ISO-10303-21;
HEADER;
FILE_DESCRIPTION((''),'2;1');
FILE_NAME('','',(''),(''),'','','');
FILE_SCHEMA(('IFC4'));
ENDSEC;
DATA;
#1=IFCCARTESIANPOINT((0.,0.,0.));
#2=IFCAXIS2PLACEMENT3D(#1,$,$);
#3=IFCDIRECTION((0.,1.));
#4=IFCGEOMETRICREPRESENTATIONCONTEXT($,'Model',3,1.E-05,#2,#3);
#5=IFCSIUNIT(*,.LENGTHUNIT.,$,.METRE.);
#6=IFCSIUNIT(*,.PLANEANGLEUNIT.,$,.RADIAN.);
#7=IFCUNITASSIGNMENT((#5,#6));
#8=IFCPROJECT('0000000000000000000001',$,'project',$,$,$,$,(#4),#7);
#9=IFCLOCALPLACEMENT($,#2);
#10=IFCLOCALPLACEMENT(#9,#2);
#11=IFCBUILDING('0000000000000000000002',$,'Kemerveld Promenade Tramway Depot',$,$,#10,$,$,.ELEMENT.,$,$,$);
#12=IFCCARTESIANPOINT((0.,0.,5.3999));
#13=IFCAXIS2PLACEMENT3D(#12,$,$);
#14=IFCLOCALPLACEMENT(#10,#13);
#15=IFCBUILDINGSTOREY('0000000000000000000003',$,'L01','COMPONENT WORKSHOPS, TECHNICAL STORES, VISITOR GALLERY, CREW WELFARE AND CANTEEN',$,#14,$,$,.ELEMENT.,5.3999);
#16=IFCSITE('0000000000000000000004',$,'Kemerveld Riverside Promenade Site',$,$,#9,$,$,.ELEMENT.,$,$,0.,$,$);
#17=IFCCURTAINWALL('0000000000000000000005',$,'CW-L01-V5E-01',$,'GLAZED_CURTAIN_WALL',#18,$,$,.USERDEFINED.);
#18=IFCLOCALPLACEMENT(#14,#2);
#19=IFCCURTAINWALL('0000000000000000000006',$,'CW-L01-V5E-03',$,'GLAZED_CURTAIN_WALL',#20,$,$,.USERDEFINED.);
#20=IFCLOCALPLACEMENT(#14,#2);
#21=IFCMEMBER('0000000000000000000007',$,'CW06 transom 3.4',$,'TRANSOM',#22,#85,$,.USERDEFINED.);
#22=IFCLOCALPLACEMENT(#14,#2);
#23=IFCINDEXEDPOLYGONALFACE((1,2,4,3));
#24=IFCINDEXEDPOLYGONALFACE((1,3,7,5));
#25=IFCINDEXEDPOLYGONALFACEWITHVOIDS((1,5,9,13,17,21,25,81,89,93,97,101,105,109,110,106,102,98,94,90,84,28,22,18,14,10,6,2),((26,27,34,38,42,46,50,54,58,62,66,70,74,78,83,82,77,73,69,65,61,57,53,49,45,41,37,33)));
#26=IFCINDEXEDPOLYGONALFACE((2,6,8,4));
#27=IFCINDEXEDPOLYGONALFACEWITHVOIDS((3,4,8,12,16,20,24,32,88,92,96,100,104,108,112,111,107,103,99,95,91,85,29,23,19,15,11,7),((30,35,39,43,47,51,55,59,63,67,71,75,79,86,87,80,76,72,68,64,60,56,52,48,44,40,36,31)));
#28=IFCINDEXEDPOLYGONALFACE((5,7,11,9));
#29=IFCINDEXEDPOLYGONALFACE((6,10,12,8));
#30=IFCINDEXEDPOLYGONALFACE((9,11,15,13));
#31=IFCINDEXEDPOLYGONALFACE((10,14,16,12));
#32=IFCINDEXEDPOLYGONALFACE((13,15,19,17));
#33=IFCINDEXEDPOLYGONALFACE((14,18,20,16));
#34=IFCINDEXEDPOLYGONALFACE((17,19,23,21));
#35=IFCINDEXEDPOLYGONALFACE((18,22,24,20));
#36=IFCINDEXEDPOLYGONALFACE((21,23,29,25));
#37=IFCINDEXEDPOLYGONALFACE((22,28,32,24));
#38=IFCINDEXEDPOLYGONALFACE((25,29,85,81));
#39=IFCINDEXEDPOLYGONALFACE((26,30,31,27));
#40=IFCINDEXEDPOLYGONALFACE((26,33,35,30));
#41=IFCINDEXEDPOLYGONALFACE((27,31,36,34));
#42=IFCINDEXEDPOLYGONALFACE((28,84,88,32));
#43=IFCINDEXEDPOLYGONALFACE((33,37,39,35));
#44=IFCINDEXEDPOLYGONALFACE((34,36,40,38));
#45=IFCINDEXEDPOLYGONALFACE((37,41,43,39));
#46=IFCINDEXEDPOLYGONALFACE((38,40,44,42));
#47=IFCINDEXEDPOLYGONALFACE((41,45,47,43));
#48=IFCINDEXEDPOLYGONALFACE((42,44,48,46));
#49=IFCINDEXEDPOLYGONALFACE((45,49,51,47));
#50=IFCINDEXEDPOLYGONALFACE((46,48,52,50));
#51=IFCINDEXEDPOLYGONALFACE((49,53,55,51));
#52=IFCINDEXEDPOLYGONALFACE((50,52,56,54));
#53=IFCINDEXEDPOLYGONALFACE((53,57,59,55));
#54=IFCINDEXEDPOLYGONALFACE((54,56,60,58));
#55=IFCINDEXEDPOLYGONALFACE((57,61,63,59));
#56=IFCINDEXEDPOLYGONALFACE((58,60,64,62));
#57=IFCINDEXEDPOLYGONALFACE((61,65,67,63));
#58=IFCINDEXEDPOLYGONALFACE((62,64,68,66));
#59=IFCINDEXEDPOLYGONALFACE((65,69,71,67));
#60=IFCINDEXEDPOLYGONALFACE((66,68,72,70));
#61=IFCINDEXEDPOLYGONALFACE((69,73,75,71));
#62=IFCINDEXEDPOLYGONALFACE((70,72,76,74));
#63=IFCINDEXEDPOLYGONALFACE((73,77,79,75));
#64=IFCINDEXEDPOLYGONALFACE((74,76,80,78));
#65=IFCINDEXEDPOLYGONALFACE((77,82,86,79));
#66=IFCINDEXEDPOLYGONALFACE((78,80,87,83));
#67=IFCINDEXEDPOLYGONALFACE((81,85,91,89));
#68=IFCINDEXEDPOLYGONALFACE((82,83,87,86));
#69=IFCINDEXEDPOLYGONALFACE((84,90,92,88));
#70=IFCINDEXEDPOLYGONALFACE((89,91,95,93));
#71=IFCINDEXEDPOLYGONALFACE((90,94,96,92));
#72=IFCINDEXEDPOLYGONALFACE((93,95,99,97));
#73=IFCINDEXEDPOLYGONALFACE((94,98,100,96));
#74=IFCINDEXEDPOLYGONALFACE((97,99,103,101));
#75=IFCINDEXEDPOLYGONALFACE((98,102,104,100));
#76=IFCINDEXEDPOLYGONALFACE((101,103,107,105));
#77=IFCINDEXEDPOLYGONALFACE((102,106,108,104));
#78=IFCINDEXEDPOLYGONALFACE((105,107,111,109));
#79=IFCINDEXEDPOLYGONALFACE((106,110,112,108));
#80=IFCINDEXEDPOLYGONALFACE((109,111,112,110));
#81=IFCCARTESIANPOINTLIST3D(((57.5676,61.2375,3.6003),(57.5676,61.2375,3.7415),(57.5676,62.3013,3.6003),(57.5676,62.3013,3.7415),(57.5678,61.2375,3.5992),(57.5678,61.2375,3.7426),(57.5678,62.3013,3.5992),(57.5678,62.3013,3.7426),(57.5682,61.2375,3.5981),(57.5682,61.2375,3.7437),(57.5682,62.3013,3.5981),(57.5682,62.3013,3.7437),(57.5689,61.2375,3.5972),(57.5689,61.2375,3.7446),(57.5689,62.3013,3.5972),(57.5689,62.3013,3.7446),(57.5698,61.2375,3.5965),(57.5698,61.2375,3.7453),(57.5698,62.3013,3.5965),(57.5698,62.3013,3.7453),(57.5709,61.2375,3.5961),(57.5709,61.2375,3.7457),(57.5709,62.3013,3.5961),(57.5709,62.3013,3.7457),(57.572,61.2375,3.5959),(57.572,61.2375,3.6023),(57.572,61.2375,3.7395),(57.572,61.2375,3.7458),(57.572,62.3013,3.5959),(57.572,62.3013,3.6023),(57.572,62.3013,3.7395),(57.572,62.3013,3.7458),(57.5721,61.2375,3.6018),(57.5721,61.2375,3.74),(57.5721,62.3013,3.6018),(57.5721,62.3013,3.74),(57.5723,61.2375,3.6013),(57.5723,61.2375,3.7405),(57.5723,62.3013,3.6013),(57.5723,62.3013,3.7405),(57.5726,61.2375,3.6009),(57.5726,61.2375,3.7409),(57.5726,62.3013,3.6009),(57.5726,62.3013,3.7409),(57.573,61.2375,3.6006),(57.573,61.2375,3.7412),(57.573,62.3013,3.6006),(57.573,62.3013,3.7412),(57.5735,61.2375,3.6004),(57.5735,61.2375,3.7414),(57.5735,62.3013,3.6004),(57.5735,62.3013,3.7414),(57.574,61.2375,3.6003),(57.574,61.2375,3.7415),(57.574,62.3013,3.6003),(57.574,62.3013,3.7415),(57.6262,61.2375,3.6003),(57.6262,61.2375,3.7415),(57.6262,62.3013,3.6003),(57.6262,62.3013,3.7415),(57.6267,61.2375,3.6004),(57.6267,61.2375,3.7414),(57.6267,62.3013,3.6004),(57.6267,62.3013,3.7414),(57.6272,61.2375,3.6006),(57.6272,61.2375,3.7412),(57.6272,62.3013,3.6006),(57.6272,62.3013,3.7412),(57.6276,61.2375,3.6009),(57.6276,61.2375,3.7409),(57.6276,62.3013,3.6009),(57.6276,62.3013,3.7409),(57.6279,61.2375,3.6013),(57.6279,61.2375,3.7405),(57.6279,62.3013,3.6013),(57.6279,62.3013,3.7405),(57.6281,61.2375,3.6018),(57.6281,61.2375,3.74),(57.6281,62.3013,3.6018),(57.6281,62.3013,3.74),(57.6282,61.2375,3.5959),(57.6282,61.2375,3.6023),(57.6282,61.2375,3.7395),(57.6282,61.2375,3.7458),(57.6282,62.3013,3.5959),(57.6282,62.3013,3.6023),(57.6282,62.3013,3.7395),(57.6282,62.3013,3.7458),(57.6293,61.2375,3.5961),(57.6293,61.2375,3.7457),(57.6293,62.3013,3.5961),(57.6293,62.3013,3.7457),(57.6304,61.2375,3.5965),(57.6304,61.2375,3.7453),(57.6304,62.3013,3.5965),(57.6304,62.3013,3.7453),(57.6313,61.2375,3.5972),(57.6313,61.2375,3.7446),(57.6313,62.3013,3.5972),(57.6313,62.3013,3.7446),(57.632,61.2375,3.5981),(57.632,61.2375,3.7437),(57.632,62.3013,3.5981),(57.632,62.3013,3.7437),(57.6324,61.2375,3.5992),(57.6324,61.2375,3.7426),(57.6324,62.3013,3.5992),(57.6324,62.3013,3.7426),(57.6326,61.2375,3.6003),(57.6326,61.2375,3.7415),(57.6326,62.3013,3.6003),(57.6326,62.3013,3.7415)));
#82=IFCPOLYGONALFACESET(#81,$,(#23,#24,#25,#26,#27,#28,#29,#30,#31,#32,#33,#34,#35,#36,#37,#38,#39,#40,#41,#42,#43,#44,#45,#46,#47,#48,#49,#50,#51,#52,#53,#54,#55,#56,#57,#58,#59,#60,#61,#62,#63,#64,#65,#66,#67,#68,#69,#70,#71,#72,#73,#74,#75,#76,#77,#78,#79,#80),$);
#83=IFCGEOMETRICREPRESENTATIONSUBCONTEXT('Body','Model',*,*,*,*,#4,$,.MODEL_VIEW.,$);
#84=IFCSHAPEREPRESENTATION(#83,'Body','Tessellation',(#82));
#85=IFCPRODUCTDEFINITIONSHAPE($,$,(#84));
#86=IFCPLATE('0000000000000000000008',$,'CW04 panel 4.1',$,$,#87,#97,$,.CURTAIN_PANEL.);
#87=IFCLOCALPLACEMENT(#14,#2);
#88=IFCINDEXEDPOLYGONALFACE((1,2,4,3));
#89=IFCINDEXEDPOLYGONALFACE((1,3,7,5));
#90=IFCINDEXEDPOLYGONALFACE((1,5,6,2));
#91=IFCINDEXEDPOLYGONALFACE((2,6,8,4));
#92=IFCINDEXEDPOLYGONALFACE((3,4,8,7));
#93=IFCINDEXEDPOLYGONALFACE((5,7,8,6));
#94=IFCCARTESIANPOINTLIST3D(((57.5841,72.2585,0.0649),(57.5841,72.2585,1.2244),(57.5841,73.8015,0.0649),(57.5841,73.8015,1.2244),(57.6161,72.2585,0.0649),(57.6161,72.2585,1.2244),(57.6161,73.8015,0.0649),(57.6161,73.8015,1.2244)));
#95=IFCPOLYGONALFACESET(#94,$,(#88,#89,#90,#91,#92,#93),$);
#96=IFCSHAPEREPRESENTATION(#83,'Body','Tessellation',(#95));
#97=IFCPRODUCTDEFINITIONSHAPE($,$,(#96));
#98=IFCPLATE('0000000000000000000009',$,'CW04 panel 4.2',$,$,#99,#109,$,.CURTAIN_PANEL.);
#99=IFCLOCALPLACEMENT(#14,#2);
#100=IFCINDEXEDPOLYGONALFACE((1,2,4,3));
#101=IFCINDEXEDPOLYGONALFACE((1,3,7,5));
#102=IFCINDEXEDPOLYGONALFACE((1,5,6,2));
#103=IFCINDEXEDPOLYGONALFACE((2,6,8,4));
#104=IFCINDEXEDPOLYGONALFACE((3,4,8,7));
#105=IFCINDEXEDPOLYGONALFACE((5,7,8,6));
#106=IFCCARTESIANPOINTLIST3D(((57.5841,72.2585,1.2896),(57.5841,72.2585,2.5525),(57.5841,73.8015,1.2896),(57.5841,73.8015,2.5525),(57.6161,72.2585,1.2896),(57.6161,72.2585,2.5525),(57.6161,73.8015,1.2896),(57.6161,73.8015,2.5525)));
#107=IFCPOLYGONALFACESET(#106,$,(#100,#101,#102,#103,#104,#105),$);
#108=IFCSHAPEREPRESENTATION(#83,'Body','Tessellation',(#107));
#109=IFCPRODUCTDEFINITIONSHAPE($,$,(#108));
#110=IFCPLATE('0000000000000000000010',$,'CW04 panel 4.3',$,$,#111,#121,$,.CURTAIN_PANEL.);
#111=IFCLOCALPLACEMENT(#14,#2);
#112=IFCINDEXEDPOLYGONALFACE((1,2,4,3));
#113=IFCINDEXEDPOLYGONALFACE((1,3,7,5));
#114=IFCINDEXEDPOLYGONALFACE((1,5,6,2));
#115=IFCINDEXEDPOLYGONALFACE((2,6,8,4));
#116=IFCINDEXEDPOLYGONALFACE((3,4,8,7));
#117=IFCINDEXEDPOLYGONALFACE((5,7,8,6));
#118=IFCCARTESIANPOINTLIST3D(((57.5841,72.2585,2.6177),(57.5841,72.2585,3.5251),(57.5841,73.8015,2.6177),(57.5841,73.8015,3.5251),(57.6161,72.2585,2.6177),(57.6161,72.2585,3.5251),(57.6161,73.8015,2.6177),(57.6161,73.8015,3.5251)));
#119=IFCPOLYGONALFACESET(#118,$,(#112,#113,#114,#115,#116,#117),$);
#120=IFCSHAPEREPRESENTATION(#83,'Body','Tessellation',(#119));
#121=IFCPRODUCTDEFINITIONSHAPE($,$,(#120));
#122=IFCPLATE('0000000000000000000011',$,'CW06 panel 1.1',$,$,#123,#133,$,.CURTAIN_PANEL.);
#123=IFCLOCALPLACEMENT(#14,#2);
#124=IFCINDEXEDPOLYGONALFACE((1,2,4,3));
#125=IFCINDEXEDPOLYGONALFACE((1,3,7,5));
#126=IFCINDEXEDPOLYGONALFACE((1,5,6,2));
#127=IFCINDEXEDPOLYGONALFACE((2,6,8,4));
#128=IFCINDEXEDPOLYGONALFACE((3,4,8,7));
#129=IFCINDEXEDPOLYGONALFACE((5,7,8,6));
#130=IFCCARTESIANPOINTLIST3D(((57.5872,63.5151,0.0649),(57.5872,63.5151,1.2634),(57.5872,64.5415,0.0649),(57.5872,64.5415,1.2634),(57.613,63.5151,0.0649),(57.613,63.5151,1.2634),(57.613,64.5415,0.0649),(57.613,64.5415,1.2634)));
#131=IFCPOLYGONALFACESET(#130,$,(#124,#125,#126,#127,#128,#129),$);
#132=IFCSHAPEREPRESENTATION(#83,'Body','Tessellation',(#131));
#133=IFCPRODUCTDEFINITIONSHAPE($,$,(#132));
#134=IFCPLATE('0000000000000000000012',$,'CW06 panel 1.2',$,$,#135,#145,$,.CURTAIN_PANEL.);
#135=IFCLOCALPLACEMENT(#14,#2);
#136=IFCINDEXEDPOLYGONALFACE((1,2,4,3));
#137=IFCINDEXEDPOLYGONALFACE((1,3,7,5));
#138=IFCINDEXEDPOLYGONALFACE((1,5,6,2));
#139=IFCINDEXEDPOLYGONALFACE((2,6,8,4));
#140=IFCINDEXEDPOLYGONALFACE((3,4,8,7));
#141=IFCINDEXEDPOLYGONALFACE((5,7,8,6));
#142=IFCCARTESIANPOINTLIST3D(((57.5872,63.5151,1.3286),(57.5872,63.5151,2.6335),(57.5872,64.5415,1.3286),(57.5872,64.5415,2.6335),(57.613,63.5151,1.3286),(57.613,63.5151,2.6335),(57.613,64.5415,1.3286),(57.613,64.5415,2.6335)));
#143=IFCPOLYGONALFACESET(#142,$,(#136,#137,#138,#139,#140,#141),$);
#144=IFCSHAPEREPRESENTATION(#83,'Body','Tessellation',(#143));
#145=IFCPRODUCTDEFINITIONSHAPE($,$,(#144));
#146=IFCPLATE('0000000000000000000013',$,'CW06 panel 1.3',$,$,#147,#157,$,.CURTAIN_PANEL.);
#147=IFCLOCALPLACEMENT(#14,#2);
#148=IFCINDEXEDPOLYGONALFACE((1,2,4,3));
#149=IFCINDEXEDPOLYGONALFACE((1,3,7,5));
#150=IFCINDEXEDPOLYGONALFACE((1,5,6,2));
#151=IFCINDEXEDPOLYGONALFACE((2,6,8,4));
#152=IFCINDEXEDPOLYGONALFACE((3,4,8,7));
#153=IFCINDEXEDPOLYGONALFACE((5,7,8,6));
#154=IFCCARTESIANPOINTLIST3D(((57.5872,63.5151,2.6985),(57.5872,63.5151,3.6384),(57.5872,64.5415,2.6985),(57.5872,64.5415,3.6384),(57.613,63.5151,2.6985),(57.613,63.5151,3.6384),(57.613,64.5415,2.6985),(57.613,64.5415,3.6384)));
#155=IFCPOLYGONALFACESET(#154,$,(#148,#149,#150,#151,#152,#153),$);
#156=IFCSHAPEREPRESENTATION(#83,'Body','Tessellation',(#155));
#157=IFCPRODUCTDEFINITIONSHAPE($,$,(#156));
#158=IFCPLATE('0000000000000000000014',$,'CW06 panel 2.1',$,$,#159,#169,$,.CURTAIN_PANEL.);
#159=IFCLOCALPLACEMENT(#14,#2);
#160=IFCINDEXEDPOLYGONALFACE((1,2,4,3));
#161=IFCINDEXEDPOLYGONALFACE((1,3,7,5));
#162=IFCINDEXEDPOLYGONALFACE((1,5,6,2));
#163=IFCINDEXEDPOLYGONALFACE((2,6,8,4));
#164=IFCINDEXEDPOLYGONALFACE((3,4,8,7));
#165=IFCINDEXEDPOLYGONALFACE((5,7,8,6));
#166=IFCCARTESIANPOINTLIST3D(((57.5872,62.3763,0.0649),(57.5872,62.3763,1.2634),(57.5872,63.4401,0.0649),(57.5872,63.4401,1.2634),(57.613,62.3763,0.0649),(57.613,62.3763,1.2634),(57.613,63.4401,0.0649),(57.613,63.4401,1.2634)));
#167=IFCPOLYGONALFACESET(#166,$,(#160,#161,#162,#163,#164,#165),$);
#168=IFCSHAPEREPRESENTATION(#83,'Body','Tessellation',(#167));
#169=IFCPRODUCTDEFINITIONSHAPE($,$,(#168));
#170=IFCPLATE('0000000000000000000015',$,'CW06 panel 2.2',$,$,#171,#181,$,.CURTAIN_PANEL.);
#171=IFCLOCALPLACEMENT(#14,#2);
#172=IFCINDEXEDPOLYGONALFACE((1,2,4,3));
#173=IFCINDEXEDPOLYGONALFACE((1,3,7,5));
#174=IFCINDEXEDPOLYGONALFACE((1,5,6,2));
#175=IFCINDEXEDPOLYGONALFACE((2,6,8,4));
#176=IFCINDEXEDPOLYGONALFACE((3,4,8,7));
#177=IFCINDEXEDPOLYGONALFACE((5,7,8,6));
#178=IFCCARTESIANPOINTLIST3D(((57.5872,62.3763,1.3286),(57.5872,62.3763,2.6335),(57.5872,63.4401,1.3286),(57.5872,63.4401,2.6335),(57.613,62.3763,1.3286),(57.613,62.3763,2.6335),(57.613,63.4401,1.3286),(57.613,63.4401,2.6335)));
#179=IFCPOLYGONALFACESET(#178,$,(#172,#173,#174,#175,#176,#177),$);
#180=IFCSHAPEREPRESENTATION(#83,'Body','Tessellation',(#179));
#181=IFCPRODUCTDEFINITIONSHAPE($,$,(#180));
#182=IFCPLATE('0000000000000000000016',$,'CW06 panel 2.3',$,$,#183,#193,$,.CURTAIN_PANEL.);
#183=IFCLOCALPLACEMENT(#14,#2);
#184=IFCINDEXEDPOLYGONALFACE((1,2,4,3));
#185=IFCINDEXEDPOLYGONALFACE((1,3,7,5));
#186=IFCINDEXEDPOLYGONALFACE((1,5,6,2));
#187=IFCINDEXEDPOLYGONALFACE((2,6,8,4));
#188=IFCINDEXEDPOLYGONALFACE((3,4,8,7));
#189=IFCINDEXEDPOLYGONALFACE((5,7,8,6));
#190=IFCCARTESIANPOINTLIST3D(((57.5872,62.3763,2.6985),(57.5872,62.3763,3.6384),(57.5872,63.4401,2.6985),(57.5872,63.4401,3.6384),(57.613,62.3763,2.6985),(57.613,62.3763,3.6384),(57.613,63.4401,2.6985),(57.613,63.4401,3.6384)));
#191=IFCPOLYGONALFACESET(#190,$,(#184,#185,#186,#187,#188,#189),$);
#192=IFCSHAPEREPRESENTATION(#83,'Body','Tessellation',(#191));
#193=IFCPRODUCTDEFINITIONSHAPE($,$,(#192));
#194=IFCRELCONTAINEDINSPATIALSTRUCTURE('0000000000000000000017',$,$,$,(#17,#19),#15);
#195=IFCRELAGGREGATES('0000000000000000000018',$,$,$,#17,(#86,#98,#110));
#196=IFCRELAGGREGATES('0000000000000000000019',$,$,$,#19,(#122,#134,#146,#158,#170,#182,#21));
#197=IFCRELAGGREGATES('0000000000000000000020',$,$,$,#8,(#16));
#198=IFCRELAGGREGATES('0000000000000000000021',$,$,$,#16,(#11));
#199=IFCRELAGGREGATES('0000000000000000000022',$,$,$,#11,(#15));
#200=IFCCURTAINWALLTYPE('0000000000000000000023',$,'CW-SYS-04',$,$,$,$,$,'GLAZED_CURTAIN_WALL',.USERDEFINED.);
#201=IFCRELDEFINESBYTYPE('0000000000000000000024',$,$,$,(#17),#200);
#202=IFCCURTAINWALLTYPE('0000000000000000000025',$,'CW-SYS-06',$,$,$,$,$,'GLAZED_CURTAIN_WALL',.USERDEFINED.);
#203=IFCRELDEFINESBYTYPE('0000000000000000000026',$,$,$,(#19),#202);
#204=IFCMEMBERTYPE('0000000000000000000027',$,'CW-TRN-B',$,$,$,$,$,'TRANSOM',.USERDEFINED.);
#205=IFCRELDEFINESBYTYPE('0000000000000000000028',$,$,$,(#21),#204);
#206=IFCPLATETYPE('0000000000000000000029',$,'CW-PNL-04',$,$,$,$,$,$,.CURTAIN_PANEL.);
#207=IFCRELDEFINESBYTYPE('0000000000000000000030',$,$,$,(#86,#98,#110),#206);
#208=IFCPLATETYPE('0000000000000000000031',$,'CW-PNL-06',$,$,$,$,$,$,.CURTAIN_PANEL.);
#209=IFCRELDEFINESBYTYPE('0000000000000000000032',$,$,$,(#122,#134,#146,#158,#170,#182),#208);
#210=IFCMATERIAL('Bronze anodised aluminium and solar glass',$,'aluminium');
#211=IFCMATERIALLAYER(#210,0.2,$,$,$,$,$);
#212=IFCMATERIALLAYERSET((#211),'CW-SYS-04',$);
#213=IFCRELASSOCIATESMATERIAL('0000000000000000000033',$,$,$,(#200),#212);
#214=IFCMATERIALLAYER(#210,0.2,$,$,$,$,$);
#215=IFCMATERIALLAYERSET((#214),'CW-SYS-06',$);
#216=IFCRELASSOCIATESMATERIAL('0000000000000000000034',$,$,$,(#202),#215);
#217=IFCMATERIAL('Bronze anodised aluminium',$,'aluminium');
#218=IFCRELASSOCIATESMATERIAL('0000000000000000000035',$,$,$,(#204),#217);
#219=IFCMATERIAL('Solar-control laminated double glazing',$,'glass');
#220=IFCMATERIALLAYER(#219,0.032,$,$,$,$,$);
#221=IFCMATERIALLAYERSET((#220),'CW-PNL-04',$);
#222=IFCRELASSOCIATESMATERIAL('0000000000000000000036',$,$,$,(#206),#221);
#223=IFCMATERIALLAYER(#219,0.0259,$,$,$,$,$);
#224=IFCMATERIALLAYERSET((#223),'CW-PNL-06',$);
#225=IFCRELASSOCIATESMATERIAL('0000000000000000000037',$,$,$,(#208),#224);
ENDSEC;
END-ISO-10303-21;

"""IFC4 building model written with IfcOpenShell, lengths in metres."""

from ifc_helpers import new_model, si_unit, direction, frame, origin, origin_2d, place, context, subcontext, project, spatial, rectangle, hollow_rectangle, extrude, material, layer, layer_set, material_profile, profile_set, type_object, element, aggregate, save


model = new_model("IFC4")

# Units and contexts
model_context = context("Model", 3, precision=1e-05, world=origin(), true_north=direction((0.0, 1.0)))
body_context = subcontext(model_context, "Body", "Model", "MODEL_VIEW")
ifc_project = project(units=[si_unit("LENGTHUNIT", "METRE"), si_unit("PLANEANGLEUNIT", "RADIAN")], contexts=[model_context])

# Site, building, storey
site_placement = place(None, origin())
site = spatial("IfcSite", under=ifc_project, at=site_placement, Name="Kemerveld Riverside Promenade Site", CompositionType="ELEMENT", RefElevation=0.0)
building_placement = place(site_placement, origin())
building = spatial("IfcBuilding", under=site, at=building_placement, Name="Kemerveld Promenade Tramway Depot", CompositionType="ELEMENT")
storey_placement = place(building_placement, frame((0.0, 0.0, 5.3999)))
storey = spatial("IfcBuildingStorey", under=building, at=storey_placement, Name="L01", Description="COMPONENT WORKSHOPS, TECHNICAL STORES, VISITOR GALLERY, CREW WELFARE AND CANTEEN", CompositionType="ELEMENT", Elevation=5.3999)

# Curtain wall
ifc_material_1 = material(Name="Bronze anodised aluminium and solar glass", Category="aluminium")
ifc_layer_1 = layer(ifc_material_1, 0.2)
ifc_layer_set_1 = layer_set([ifc_layer_1], Name="CW-SYS-04")
curtain_wall_type_1 = type_object("IfcCurtainWallType", Name="CW-SYS-04", ElementType="GLAZED_CURTAIN_WALL", PredefinedType="USERDEFINED", material=ifc_layer_set_1)
curtain_wall_1_placement = place(storey_placement, origin())
curtain_wall_1 = element("IfcCurtainWall", 1, at=curtain_wall_1_placement, inside=storey, type_object=curtain_wall_type_1, Name="CW-L01-V5E-01", ObjectType="GLAZED_CURTAIN_WALL", PredefinedType="USERDEFINED")
ifc_material_2 = material(Name="Bronze anodised aluminium", Category="aluminium")

# Curtain wall
ifc_layer_2 = layer(ifc_material_1, 0.2)
ifc_layer_set_2 = layer_set([ifc_layer_2], Name="CW-SYS-06")
curtain_wall_type_2 = type_object("IfcCurtainWallType", Name="CW-SYS-06", ElementType="GLAZED_CURTAIN_WALL", PredefinedType="USERDEFINED", material=ifc_layer_set_2)
curtain_wall_2_placement = place(storey_placement, origin())
curtain_wall_2 = element("IfcCurtainWall", 2, at=curtain_wall_2_placement, inside=storey, type_object=curtain_wall_type_2, Name="CW-L01-V5E-03", ObjectType="GLAZED_CURTAIN_WALL", PredefinedType="USERDEFINED")

# Member
ifc_material_profile_1 = material_profile(ifc_material_2, hollow_rectangle(XDim=0.0649, YDim=0.1499, WallThickness=0.0044, InnerFilletRadius=0.002, OuterFilletRadius=0.0044, at=origin_2d()), Name="CW-TRN-150x65")
ifc_profile_set_1 = profile_set([ifc_material_profile_1], Name="Bronze anodised aluminium")
member_type_1 = type_object("IfcMemberType", Name="CW-TRN-B", ElementType="TRANSOM", PredefinedType="USERDEFINED", material=ifc_profile_set_1)
member_1_placement = place(storey_placement, frame((57.6001, 62.3013, 3.6709), z_axis=(0.0, -1.0, 0.0), x_axis=(1.0, 0.0, 0.0)))
member_1 = element("IfcMember", 3, at=member_1_placement, type_object=member_type_1, Name="CW06 transom 3.4", ObjectType="TRANSOM", PredefinedType="USERDEFINED", context=body_context, shape_type="SweptSolid", body=[
    extrude(hollow_rectangle(XDim=0.0649, YDim=0.1499, WallThickness=0.0044, InnerFilletRadius=0.002, OuterFilletRadius=0.0044, at=origin_2d()), origin(), (0.0, 0.0, 1.0), 1.0637),
])

# Plates
ifc_material_3 = material(Name="Solar-control laminated double glazing", Category="glass")
ifc_layer_3 = layer(ifc_material_3, 0.032)
ifc_layer_set_3 = layer_set([ifc_layer_3], Name="CW-PNL-04")
plate_type_1 = type_object("IfcPlateType", Name="CW-PNL-04", PredefinedType="CURTAIN_PANEL", material=ifc_layer_set_3)
plate_1_placement = place(storey_placement, frame((57.6001, 73.03, 0.0649), z_axis=(0.0, 0.0, 1.0), x_axis=(0.0, -1.0, 0.0)))
plate_1 = element("IfcPlate", 4, at=plate_1_placement, type_object=plate_type_1, Name="CW04 panel 4.1", PredefinedType="CURTAIN_PANEL", context=body_context, shape_type="SweptSolid", body=[
    extrude(rectangle(XDim=1.543, YDim=0.032, at=origin_2d()), origin(), (0.0, 0.0, 1.0), 1.1594),
])
plate_2_placement = place(storey_placement, frame((57.6001, 73.03, 1.2896), z_axis=(0.0, 0.0, 1.0), x_axis=(0.0, -1.0, 0.0)))
plate_2 = element("IfcPlate", 5, at=plate_2_placement, type_object=plate_type_1, Name="CW04 panel 4.2", PredefinedType="CURTAIN_PANEL", context=body_context, shape_type="SweptSolid", body=[
    extrude(rectangle(XDim=1.543, YDim=0.032, at=origin_2d()), origin(), (0.0, 0.0, 1.0), 1.2629),
])
plate_3_placement = place(storey_placement, frame((57.6001, 73.03, 2.6177), z_axis=(0.0, 0.0, 1.0), x_axis=(0.0, -1.0, 0.0)))
plate_3 = element("IfcPlate", 6, at=plate_3_placement, type_object=plate_type_1, Name="CW04 panel 4.3", PredefinedType="CURTAIN_PANEL", context=body_context, shape_type="SweptSolid", body=[
    extrude(rectangle(XDim=1.543, YDim=0.032, at=origin_2d()), origin(), (0.0, 0.0, 1.0), 0.9075),
])
aggregate(curtain_wall_1, [plate_1, plate_2, plate_3])
ifc_layer_4 = layer(ifc_material_3, 0.0259)
ifc_layer_set_4 = layer_set([ifc_layer_4], Name="CW-PNL-06")
plate_type_2 = type_object("IfcPlateType", Name="CW-PNL-06", PredefinedType="CURTAIN_PANEL", material=ifc_layer_set_4)
plate_4_placement = place(storey_placement, frame((57.6001, 64.0283, 0.0649), z_axis=(0.0, 0.0, 1.0), x_axis=(0.0, -1.0, 0.0)))
plate_4 = element("IfcPlate", 7, at=plate_4_placement, type_object=plate_type_2, Name="CW06 panel 1.1", PredefinedType="CURTAIN_PANEL", context=body_context, shape_type="SweptSolid", body=[
    extrude(rectangle(XDim=1.0264, YDim=0.0259, at=origin_2d()), origin(), (0.0, 0.0, 1.0), 1.1985),
])
plate_5_placement = place(storey_placement, frame((57.6001, 64.0283, 1.3286), z_axis=(0.0, 0.0, 1.0), x_axis=(0.0, -1.0, 0.0)))
plate_5 = element("IfcPlate", 8, at=plate_5_placement, type_object=plate_type_2, Name="CW06 panel 1.2", PredefinedType="CURTAIN_PANEL", context=body_context, shape_type="SweptSolid", body=[
    extrude(rectangle(XDim=1.0264, YDim=0.0259, at=origin_2d()), origin(), (0.0, 0.0, 1.0), 1.3049),
])
plate_6_placement = place(storey_placement, frame((57.6001, 64.0283, 2.6985), z_axis=(0.0, 0.0, 1.0), x_axis=(0.0, -1.0, 0.0)))
plate_6 = element("IfcPlate", 9, at=plate_6_placement, type_object=plate_type_2, Name="CW06 panel 1.3", PredefinedType="CURTAIN_PANEL", context=body_context, shape_type="SweptSolid", body=[
    extrude(rectangle(XDim=1.0264, YDim=0.0259, at=origin_2d()), origin(), (0.0, 0.0, 1.0), 0.9399),
])
plate_7_placement = place(storey_placement, frame((57.6001, 62.9082, 0.0649), z_axis=(0.0, 0.0, 1.0), x_axis=(0.0, -1.0, 0.0)))
plate_7 = element("IfcPlate", 10, at=plate_7_placement, type_object=plate_type_2, Name="CW06 panel 2.1", PredefinedType="CURTAIN_PANEL", context=body_context, shape_type="SweptSolid", body=[
    extrude(rectangle(XDim=1.0637, YDim=0.0259, at=origin_2d()), origin(), (0.0, 0.0, 1.0), 1.1985),
])
plate_8_placement = place(storey_placement, frame((57.6001, 62.9082, 1.3286), z_axis=(0.0, 0.0, 1.0), x_axis=(0.0, -1.0, 0.0)))
plate_8 = element("IfcPlate", 11, at=plate_8_placement, type_object=plate_type_2, Name="CW06 panel 2.2", PredefinedType="CURTAIN_PANEL", context=body_context, shape_type="SweptSolid", body=[
    extrude(rectangle(XDim=1.0637, YDim=0.0259, at=origin_2d()), origin(), (0.0, 0.0, 1.0), 1.3049),
])
plate_9_placement = place(storey_placement, frame((57.6001, 62.9082, 2.6985), z_axis=(0.0, 0.0, 1.0), x_axis=(0.0, -1.0, 0.0)))
plate_9 = element("IfcPlate", 12, at=plate_9_placement, type_object=plate_type_2, Name="CW06 panel 2.3", PredefinedType="CURTAIN_PANEL", context=body_context, shape_type="SweptSolid", body=[
    extrude(rectangle(XDim=1.0637, YDim=0.0259, at=origin_2d()), origin(), (0.0, 0.0, 1.0), 0.9399),
])
aggregate(curtain_wall_2, [plate_4, plate_5, plate_6, plate_7, plate_8, plate_9, member_1])

save(model, "model.ifc")
